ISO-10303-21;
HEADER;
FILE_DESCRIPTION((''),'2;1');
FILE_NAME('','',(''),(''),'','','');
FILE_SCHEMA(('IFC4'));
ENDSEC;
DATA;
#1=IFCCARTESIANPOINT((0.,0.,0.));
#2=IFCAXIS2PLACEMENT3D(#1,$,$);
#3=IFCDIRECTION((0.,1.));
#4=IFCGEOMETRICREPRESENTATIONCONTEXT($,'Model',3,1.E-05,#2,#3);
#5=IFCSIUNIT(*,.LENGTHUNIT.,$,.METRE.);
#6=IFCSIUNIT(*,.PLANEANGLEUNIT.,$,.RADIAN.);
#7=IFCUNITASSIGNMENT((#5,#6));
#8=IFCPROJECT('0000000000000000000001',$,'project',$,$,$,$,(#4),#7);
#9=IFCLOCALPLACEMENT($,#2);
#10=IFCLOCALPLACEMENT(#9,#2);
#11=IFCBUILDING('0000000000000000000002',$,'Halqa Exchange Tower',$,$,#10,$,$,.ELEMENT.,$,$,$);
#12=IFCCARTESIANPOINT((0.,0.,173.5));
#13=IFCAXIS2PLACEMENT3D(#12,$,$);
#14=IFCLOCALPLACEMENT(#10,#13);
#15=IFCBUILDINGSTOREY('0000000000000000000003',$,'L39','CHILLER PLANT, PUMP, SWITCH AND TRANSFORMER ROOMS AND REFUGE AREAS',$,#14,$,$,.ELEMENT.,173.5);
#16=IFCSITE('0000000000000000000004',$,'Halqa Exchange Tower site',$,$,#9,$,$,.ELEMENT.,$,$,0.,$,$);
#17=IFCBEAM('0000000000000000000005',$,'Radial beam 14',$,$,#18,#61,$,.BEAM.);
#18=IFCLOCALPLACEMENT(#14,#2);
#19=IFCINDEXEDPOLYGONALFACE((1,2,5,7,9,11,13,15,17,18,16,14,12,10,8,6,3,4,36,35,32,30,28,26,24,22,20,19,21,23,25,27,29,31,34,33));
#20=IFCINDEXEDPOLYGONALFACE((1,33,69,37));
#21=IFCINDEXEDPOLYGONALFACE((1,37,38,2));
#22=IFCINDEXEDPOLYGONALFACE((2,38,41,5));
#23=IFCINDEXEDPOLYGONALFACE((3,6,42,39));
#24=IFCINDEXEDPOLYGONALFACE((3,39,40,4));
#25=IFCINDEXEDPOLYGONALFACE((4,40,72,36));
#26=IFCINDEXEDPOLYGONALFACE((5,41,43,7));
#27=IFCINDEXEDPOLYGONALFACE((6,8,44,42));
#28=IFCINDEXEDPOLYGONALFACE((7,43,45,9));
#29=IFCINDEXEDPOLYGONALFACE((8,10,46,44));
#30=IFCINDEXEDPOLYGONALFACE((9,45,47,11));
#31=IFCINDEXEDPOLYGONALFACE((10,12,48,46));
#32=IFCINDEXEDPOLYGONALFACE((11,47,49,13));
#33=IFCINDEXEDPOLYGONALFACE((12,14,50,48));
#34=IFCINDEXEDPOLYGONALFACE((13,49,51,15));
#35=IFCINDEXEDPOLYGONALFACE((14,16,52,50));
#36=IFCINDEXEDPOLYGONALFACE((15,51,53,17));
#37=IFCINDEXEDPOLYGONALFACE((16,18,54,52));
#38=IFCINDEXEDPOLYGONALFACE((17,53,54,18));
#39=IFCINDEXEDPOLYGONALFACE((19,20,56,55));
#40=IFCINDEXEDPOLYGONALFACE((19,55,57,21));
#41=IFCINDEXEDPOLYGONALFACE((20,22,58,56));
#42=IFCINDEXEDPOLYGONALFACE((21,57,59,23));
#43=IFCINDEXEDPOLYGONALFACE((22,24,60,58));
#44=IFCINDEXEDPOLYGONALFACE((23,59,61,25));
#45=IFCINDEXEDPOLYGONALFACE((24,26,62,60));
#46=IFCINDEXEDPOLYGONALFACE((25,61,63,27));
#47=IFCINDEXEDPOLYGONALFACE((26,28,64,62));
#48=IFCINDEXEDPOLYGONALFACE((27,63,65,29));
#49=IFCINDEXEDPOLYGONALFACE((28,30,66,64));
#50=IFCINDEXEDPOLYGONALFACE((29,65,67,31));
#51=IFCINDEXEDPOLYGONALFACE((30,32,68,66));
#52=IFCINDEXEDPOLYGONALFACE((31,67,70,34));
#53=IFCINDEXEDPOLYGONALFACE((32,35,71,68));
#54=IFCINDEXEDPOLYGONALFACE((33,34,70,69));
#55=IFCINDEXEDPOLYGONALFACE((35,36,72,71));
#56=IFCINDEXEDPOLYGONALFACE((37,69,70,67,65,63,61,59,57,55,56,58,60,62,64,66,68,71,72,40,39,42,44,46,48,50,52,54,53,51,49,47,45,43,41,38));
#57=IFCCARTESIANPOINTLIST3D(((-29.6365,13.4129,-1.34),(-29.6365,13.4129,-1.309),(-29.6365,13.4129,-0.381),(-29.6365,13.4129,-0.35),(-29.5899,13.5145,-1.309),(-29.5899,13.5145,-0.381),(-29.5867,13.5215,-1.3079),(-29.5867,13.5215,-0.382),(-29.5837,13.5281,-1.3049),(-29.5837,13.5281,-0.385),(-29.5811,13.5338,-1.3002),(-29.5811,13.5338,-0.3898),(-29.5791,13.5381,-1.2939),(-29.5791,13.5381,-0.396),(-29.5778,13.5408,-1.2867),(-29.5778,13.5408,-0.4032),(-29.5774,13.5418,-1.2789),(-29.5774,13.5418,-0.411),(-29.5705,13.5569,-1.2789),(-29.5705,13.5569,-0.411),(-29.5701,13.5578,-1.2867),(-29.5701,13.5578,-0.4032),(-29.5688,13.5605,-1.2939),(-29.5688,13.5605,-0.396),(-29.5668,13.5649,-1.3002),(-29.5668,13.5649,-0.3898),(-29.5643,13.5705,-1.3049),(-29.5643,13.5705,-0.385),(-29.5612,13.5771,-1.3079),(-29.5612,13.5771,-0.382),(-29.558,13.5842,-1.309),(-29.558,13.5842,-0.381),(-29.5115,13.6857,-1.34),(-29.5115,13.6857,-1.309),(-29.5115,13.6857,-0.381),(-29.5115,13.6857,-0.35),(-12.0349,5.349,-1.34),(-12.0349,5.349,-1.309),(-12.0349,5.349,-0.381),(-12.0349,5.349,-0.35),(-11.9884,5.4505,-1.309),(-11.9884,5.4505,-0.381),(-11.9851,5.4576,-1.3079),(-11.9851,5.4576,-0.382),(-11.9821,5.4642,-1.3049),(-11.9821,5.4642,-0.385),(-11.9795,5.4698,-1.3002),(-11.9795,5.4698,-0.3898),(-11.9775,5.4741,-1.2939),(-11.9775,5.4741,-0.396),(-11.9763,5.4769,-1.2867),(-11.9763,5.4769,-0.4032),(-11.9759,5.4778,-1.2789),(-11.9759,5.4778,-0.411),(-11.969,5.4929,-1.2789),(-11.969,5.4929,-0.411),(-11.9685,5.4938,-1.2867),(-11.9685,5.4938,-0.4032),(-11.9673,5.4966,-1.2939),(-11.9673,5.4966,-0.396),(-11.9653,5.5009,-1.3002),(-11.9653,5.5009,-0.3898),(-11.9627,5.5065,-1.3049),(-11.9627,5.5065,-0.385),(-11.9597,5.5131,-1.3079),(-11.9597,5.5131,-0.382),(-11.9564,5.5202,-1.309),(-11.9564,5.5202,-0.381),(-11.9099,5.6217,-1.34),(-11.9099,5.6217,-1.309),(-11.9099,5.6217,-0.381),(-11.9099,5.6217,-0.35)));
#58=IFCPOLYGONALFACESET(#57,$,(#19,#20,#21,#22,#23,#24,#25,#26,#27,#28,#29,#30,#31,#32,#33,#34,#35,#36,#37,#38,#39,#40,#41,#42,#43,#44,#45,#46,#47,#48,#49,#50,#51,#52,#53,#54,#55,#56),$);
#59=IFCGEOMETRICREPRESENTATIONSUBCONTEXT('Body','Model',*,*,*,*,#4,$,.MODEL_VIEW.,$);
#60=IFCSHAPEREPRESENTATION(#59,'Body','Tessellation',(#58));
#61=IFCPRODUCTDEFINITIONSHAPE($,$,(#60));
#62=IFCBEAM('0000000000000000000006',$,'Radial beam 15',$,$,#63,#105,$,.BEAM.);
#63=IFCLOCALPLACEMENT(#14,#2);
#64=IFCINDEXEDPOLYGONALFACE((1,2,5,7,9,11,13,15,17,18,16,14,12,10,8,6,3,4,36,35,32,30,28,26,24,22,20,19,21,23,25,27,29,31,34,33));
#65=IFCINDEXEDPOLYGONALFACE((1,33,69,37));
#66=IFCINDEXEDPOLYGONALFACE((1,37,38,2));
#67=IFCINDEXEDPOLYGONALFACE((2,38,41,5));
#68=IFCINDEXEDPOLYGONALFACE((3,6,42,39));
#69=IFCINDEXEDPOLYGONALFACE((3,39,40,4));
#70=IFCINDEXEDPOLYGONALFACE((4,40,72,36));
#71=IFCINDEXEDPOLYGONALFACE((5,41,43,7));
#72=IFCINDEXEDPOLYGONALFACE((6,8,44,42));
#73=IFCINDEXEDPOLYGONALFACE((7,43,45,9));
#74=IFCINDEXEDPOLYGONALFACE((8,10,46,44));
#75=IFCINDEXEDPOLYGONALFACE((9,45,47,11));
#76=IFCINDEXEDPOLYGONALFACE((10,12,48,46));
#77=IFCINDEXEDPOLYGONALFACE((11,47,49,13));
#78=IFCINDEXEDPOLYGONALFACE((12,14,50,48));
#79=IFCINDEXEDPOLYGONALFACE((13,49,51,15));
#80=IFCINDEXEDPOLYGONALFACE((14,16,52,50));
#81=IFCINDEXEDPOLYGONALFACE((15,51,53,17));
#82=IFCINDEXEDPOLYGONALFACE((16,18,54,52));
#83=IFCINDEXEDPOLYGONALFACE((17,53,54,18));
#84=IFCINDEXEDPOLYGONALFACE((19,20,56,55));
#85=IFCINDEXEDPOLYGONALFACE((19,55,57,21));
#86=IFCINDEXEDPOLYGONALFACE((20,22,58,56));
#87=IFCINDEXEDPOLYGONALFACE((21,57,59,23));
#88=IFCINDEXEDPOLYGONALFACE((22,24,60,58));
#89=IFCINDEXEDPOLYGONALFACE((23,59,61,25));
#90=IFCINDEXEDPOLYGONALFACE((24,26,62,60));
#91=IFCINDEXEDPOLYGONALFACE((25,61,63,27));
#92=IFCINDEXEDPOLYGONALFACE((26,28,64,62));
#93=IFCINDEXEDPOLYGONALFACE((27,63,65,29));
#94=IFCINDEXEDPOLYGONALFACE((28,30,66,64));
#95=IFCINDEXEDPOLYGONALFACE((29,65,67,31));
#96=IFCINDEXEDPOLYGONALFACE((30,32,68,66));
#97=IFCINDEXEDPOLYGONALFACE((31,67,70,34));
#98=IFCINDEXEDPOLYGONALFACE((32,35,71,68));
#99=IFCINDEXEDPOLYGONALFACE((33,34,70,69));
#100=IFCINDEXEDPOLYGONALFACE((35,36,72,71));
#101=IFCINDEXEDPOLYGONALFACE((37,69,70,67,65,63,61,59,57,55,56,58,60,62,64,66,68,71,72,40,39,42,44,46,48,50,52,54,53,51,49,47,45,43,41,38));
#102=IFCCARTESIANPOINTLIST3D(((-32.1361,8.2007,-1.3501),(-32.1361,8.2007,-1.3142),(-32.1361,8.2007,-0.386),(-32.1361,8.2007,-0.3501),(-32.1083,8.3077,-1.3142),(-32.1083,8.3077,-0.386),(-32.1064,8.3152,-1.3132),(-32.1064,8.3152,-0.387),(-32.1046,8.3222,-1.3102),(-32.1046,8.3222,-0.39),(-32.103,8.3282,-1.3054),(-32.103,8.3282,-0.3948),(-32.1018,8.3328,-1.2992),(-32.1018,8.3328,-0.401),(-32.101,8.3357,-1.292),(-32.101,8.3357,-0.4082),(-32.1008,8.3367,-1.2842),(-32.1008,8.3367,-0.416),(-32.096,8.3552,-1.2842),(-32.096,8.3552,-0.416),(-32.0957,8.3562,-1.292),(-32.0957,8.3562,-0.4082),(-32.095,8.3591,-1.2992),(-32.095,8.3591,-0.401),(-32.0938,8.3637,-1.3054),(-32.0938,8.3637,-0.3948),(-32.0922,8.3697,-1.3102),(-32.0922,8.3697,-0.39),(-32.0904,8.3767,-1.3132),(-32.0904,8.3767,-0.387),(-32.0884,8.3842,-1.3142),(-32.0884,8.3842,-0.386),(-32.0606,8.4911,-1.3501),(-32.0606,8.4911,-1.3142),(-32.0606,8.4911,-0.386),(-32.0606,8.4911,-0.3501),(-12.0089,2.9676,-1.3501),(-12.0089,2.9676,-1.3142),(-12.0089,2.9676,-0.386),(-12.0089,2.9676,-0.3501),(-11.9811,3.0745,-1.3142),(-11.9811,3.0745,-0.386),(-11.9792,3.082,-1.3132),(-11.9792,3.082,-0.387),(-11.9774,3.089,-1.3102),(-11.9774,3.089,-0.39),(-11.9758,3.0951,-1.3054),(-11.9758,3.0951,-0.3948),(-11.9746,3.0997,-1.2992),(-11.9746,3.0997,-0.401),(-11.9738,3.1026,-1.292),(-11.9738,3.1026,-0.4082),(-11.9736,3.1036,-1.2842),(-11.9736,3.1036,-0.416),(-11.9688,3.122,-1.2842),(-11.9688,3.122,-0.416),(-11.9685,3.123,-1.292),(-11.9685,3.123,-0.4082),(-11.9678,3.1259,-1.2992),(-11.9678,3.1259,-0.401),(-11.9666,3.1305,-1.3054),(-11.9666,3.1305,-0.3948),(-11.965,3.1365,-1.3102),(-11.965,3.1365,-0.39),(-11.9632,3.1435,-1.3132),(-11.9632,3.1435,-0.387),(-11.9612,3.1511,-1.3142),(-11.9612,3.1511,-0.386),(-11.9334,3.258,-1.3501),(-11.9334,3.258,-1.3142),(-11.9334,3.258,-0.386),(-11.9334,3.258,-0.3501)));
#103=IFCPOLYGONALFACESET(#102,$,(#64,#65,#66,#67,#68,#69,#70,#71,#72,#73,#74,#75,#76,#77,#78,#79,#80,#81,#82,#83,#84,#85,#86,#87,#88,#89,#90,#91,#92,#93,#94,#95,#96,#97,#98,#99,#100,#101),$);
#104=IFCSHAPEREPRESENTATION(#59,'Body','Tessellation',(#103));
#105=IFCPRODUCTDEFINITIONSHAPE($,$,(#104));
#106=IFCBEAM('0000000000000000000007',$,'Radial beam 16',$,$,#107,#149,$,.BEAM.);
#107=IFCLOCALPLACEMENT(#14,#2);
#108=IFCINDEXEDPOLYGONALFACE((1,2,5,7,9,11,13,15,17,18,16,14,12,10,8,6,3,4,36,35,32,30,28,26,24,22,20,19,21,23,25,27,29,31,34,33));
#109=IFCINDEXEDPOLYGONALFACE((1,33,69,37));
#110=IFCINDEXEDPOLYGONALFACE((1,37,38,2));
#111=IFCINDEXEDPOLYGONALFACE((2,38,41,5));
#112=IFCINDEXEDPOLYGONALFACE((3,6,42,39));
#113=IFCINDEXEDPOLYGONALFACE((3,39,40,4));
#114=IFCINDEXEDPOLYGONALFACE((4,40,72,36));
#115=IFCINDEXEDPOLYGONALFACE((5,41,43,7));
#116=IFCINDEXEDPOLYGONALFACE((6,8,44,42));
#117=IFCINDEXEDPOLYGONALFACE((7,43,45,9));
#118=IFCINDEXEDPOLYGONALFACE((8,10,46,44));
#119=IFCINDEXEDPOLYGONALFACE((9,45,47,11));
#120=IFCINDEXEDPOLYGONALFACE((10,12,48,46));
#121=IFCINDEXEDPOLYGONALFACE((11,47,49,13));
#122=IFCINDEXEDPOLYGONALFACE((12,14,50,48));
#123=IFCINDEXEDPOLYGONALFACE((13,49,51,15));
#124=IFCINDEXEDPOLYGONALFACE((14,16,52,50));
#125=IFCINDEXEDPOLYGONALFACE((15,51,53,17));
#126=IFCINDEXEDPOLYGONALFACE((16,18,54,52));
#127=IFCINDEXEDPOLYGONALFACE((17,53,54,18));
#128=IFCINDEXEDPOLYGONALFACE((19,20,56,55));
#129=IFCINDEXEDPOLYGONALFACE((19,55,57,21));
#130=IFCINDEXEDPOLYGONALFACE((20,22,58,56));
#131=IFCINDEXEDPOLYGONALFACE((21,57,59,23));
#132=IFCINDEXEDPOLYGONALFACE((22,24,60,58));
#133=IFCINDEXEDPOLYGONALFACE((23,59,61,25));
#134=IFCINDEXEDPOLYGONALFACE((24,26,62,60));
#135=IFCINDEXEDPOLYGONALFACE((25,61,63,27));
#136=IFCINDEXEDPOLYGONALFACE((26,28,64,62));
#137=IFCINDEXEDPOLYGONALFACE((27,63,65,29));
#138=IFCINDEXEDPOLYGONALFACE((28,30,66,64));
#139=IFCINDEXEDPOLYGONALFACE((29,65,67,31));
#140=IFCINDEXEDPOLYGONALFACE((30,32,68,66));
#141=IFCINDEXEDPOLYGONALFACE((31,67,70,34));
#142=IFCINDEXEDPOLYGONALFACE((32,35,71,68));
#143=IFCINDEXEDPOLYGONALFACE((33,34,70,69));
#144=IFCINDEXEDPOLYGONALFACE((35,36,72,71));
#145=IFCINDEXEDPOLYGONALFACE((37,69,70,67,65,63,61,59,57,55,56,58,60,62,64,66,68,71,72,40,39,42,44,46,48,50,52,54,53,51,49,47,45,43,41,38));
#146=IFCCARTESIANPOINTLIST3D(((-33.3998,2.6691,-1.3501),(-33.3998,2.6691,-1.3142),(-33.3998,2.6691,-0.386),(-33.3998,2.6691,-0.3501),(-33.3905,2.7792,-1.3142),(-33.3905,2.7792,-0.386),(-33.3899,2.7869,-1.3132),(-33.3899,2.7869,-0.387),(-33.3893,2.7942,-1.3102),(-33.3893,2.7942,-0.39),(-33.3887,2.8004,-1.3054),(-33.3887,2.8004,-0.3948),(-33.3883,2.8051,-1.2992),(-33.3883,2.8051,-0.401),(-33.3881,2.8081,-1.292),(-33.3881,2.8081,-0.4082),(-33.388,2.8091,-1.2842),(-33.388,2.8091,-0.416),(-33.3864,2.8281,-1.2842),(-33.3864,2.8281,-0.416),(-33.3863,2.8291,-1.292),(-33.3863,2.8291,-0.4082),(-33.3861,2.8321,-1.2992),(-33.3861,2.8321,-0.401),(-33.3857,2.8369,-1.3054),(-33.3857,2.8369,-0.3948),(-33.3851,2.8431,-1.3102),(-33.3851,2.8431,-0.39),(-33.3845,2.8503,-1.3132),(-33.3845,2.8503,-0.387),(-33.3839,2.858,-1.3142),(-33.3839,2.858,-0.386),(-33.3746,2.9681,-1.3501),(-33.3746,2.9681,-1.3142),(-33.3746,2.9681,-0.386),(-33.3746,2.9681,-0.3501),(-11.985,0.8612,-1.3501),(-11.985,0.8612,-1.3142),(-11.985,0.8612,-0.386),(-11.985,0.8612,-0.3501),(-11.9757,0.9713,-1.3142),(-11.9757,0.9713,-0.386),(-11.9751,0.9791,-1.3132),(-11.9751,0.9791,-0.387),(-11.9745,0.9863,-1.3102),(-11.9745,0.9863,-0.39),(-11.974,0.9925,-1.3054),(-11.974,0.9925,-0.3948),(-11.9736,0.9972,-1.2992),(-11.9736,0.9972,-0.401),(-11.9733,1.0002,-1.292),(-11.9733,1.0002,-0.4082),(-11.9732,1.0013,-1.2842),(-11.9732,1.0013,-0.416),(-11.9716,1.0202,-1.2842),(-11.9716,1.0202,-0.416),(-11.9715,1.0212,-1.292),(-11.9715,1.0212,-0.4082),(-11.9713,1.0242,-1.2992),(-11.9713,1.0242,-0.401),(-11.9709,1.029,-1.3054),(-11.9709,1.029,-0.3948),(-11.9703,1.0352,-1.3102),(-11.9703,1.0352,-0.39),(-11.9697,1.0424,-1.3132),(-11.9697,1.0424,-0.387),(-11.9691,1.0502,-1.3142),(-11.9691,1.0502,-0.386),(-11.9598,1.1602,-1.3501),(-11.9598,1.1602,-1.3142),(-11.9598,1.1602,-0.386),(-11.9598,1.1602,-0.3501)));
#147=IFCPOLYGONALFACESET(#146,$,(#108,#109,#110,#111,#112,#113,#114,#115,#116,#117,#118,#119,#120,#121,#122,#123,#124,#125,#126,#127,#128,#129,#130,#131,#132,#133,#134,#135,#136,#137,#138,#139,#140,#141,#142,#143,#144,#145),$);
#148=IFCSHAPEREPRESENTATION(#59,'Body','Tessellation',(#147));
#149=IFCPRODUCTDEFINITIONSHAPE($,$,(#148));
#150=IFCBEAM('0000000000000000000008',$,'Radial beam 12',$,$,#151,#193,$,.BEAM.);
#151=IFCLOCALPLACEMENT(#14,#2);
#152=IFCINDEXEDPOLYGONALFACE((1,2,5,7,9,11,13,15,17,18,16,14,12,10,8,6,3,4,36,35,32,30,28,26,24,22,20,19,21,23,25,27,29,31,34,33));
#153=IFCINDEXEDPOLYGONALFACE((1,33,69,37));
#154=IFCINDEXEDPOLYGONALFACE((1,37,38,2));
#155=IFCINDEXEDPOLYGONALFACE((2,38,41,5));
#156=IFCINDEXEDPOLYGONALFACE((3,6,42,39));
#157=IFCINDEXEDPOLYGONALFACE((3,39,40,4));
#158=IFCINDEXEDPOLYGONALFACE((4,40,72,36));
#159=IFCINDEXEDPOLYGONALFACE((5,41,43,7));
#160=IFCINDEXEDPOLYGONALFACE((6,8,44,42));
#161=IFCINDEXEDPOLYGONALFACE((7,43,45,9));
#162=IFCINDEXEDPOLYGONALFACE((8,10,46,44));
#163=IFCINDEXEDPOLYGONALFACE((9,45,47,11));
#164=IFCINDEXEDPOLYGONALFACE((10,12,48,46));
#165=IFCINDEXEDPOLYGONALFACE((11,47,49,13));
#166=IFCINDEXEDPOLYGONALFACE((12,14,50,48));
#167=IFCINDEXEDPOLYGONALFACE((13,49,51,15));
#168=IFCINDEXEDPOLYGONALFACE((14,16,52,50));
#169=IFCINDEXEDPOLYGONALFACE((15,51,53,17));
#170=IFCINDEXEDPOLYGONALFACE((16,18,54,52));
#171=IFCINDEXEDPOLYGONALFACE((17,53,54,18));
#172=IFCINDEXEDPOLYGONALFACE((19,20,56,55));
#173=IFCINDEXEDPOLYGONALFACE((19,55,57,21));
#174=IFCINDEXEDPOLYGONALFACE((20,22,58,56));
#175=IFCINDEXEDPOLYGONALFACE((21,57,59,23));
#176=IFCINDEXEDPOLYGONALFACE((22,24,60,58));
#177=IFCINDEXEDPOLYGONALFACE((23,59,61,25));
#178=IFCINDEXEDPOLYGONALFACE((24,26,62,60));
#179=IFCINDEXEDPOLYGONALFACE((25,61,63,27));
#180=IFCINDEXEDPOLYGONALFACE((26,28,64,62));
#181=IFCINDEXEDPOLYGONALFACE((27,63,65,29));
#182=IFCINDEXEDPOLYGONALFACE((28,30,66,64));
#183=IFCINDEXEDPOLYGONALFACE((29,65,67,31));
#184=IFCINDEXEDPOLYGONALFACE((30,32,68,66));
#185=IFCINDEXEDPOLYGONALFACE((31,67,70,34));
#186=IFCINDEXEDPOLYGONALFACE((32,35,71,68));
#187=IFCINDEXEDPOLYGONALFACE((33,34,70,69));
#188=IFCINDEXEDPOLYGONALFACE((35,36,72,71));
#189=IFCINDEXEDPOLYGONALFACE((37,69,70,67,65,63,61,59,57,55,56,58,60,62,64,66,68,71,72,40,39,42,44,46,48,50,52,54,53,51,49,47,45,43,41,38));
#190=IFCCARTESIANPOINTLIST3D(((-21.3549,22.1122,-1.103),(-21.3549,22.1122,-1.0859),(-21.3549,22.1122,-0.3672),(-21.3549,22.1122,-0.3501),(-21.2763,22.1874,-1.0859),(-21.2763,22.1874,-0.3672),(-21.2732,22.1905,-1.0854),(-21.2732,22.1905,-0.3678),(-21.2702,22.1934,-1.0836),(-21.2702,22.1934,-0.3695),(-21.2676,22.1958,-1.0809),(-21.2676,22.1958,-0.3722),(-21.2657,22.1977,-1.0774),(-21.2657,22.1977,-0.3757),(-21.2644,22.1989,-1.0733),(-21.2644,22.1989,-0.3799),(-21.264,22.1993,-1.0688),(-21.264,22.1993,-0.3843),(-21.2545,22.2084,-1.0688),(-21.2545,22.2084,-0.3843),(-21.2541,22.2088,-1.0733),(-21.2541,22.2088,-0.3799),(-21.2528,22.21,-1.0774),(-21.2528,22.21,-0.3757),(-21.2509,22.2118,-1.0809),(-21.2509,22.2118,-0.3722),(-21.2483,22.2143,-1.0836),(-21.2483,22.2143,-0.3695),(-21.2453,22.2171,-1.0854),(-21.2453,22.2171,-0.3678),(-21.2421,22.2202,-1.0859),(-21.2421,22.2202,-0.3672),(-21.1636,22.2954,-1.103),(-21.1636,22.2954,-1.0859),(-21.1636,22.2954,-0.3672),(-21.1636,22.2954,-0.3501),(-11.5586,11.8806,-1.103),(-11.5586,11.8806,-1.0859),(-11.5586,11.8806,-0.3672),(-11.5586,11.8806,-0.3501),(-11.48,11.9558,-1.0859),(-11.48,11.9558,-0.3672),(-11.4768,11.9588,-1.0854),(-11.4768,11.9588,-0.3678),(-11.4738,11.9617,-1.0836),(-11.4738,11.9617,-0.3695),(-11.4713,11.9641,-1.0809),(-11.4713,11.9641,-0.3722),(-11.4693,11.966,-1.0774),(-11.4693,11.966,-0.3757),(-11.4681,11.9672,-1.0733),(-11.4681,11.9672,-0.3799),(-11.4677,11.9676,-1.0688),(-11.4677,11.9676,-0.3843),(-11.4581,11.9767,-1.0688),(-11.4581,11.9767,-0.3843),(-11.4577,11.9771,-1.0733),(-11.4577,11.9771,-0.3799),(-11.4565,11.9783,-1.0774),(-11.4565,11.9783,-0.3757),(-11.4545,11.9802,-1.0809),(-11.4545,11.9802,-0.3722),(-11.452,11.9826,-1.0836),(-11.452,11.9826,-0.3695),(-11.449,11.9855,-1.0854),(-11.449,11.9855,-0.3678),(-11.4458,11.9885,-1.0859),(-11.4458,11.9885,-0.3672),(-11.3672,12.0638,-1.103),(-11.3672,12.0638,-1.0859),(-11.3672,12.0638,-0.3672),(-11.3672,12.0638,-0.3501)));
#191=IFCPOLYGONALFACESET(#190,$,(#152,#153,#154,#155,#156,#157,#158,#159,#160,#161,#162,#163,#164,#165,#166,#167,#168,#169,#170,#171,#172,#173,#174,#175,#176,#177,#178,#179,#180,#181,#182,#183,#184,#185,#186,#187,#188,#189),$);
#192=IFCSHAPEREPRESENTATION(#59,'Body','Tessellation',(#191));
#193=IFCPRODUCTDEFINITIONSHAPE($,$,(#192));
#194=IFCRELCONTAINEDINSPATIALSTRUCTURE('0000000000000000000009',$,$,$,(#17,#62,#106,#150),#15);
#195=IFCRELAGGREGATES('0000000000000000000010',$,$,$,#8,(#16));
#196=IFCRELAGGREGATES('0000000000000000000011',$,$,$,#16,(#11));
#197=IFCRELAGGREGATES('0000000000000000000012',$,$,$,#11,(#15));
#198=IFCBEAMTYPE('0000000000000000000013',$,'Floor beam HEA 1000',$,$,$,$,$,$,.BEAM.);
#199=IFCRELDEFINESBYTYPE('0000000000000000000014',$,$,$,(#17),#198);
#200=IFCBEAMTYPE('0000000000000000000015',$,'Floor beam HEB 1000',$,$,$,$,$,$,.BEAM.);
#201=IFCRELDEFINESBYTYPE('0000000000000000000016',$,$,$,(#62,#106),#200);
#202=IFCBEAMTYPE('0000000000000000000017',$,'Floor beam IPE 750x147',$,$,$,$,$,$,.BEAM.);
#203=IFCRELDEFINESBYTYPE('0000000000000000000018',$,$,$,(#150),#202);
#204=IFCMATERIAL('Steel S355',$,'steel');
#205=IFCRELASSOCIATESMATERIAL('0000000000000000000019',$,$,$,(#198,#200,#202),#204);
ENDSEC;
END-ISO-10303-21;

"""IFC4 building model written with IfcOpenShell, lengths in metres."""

from ifc_helpers import new_model, si_unit, direction, frame, origin, origin_2d, place, context, subcontext, project, spatial, i_section, extrude, material, material_profile, profile_set, type_object, element, save


model = new_model("IFC4")

# Units and contexts
model_context = context("Model", 3, precision=1e-05, world=origin(), true_north=direction((0.0, 1.0)))
body_context = subcontext(model_context, "Body", "Model", "MODEL_VIEW")
ifc_project = project(units=[si_unit("LENGTHUNIT", "METRE"), si_unit("PLANEANGLEUNIT", "RADIAN")], contexts=[model_context])

# Site, building, storey
site_placement = place(None, origin())
site = spatial("IfcSite", under=ifc_project, at=site_placement, Name="Halqa Exchange Tower site", CompositionType="ELEMENT", RefElevation=0.0)
building_placement = place(site_placement, origin())
building = spatial("IfcBuilding", under=site, at=building_placement, Name="Halqa Exchange Tower", CompositionType="ELEMENT")
storey_placement = place(building_placement, frame((0.0, 0.0, 173.5)))
storey = spatial("IfcBuildingStorey", under=building, at=storey_placement, Name="L39", Description="CHILLER PLANT, PUMP, SWITCH AND TRANSFORMER ROOMS AND REFUGE AREAS", CompositionType="ELEMENT", Elevation=173.5)

# Beams
ifc_material_1 = material(Name="Steel S355", Category="steel")
ifc_material_profile_1 = material_profile(ifc_material_1, i_section(OverallWidth=0.3, OverallDepth=0.99, WebThickness=0.0166, FlangeThickness=0.031, FilletRadius=0.03, at=origin_2d()), Name="HEA 1000")
ifc_profile_set_1 = profile_set([ifc_material_profile_1], Name="Steel S355")
beam_type_1 = type_object("IfcBeamType", Name="Floor beam HEA 1000", PredefinedType="BEAM", material=ifc_profile_set_1)
beam_1_placement = place(storey_placement, frame((-11.9724, 5.4854, -0.845), z_axis=(-0.909132, 0.416509, 0.0), x_axis=(-0.416509, -0.909132, 0.0)))
element("IfcBeam", 1, at=beam_1_placement, inside=storey, type_object=beam_type_1, Name="Radial beam 14", PredefinedType="BEAM", context=body_context, shape_type="SweptSolid", body=[
    extrude(i_section(OverallWidth=0.3, OverallDepth=0.99, WebThickness=0.0166, FlangeThickness=0.031, FilletRadius=0.03, at=origin_2d()), origin(), (0.0, 0.0, 1.0), 19.3608),
])
ifc_material_profile_2 = material_profile(ifc_material_1, i_section(OverallWidth=0.3, OverallDepth=1.0, WebThickness=0.019, FlangeThickness=0.0359, FilletRadius=0.03, at=origin_2d()), Name="HEB 1000")
ifc_profile_set_2 = profile_set([ifc_material_profile_2], Name="Steel S355")
beam_type_2 = type_object("IfcBeamType", Name="Floor beam HEB 1000", PredefinedType="BEAM", material=ifc_profile_set_2)
beam_2_placement = place(storey_placement, frame((-11.9712, 3.1128, -0.8501), z_axis=(-0.967822, 0.251638, 0.0), x_axis=(-0.251638, -0.967822, 0.0)))
element("IfcBeam", 2, at=beam_2_placement, inside=storey, type_object=beam_type_2, Name="Radial beam 15", PredefinedType="BEAM", context=body_context, shape_type="SweptSolid", body=[
    extrude(i_section(OverallWidth=0.3, OverallDepth=1.0, WebThickness=0.019, FlangeThickness=0.0359, FilletRadius=0.03, at=origin_2d()), origin(), (0.0, 0.0, 1.0), 20.7964),
])
beam_3_placement = place(storey_placement, frame((-11.9724, 1.0107, -0.8501), z_axis=(-0.996455, 0.084122, 0.0), x_axis=(-0.084122, -0.996455, 0.0)))
element("IfcBeam", 3, at=beam_3_placement, inside=storey, type_object=beam_type_2, Name="Radial beam 16", PredefinedType="BEAM", context=body_context, shape_type="SweptSolid", body=[
    extrude(i_section(OverallWidth=0.3, OverallDepth=1.0, WebThickness=0.019, FlangeThickness=0.0359, FilletRadius=0.03, at=origin_2d()), origin(), (0.0, 0.0, 1.0), 21.491),
])
ifc_material_profile_3 = material_profile(ifc_material_1, i_section(OverallWidth=0.2649, OverallDepth=0.7529, WebThickness=0.0132, FlangeThickness=0.0171, FilletRadius=0.0171, at=origin_2d()), Name="IPE 750x147")
ifc_profile_set_3 = profile_set([ifc_material_profile_3], Name="Steel S355")
beam_type_3 = type_object("IfcBeamType", Name="Floor beam IPE 750x147", PredefinedType="BEAM", material=ifc_profile_set_3)
beam_4_placement = place(storey_placement, frame((-11.4629, 11.9722, -0.7266), z_axis=(-0.691575, 0.722305, 0.0), x_axis=(-0.722305, -0.691575, 0.0)))
element("IfcBeam", 4, at=beam_4_placement, inside=storey, type_object=beam_type_3, Name="Radial beam 12", PredefinedType="BEAM", context=body_context, shape_type="SweptSolid", body=[
    extrude(i_section(OverallWidth=0.2649, OverallDepth=0.7529, WebThickness=0.0132, FlangeThickness=0.0171, FilletRadius=0.0171, at=origin_2d()), origin(), (0.0, 0.0, 1.0), 14.1653),
])

save(model, "model.ifc")
